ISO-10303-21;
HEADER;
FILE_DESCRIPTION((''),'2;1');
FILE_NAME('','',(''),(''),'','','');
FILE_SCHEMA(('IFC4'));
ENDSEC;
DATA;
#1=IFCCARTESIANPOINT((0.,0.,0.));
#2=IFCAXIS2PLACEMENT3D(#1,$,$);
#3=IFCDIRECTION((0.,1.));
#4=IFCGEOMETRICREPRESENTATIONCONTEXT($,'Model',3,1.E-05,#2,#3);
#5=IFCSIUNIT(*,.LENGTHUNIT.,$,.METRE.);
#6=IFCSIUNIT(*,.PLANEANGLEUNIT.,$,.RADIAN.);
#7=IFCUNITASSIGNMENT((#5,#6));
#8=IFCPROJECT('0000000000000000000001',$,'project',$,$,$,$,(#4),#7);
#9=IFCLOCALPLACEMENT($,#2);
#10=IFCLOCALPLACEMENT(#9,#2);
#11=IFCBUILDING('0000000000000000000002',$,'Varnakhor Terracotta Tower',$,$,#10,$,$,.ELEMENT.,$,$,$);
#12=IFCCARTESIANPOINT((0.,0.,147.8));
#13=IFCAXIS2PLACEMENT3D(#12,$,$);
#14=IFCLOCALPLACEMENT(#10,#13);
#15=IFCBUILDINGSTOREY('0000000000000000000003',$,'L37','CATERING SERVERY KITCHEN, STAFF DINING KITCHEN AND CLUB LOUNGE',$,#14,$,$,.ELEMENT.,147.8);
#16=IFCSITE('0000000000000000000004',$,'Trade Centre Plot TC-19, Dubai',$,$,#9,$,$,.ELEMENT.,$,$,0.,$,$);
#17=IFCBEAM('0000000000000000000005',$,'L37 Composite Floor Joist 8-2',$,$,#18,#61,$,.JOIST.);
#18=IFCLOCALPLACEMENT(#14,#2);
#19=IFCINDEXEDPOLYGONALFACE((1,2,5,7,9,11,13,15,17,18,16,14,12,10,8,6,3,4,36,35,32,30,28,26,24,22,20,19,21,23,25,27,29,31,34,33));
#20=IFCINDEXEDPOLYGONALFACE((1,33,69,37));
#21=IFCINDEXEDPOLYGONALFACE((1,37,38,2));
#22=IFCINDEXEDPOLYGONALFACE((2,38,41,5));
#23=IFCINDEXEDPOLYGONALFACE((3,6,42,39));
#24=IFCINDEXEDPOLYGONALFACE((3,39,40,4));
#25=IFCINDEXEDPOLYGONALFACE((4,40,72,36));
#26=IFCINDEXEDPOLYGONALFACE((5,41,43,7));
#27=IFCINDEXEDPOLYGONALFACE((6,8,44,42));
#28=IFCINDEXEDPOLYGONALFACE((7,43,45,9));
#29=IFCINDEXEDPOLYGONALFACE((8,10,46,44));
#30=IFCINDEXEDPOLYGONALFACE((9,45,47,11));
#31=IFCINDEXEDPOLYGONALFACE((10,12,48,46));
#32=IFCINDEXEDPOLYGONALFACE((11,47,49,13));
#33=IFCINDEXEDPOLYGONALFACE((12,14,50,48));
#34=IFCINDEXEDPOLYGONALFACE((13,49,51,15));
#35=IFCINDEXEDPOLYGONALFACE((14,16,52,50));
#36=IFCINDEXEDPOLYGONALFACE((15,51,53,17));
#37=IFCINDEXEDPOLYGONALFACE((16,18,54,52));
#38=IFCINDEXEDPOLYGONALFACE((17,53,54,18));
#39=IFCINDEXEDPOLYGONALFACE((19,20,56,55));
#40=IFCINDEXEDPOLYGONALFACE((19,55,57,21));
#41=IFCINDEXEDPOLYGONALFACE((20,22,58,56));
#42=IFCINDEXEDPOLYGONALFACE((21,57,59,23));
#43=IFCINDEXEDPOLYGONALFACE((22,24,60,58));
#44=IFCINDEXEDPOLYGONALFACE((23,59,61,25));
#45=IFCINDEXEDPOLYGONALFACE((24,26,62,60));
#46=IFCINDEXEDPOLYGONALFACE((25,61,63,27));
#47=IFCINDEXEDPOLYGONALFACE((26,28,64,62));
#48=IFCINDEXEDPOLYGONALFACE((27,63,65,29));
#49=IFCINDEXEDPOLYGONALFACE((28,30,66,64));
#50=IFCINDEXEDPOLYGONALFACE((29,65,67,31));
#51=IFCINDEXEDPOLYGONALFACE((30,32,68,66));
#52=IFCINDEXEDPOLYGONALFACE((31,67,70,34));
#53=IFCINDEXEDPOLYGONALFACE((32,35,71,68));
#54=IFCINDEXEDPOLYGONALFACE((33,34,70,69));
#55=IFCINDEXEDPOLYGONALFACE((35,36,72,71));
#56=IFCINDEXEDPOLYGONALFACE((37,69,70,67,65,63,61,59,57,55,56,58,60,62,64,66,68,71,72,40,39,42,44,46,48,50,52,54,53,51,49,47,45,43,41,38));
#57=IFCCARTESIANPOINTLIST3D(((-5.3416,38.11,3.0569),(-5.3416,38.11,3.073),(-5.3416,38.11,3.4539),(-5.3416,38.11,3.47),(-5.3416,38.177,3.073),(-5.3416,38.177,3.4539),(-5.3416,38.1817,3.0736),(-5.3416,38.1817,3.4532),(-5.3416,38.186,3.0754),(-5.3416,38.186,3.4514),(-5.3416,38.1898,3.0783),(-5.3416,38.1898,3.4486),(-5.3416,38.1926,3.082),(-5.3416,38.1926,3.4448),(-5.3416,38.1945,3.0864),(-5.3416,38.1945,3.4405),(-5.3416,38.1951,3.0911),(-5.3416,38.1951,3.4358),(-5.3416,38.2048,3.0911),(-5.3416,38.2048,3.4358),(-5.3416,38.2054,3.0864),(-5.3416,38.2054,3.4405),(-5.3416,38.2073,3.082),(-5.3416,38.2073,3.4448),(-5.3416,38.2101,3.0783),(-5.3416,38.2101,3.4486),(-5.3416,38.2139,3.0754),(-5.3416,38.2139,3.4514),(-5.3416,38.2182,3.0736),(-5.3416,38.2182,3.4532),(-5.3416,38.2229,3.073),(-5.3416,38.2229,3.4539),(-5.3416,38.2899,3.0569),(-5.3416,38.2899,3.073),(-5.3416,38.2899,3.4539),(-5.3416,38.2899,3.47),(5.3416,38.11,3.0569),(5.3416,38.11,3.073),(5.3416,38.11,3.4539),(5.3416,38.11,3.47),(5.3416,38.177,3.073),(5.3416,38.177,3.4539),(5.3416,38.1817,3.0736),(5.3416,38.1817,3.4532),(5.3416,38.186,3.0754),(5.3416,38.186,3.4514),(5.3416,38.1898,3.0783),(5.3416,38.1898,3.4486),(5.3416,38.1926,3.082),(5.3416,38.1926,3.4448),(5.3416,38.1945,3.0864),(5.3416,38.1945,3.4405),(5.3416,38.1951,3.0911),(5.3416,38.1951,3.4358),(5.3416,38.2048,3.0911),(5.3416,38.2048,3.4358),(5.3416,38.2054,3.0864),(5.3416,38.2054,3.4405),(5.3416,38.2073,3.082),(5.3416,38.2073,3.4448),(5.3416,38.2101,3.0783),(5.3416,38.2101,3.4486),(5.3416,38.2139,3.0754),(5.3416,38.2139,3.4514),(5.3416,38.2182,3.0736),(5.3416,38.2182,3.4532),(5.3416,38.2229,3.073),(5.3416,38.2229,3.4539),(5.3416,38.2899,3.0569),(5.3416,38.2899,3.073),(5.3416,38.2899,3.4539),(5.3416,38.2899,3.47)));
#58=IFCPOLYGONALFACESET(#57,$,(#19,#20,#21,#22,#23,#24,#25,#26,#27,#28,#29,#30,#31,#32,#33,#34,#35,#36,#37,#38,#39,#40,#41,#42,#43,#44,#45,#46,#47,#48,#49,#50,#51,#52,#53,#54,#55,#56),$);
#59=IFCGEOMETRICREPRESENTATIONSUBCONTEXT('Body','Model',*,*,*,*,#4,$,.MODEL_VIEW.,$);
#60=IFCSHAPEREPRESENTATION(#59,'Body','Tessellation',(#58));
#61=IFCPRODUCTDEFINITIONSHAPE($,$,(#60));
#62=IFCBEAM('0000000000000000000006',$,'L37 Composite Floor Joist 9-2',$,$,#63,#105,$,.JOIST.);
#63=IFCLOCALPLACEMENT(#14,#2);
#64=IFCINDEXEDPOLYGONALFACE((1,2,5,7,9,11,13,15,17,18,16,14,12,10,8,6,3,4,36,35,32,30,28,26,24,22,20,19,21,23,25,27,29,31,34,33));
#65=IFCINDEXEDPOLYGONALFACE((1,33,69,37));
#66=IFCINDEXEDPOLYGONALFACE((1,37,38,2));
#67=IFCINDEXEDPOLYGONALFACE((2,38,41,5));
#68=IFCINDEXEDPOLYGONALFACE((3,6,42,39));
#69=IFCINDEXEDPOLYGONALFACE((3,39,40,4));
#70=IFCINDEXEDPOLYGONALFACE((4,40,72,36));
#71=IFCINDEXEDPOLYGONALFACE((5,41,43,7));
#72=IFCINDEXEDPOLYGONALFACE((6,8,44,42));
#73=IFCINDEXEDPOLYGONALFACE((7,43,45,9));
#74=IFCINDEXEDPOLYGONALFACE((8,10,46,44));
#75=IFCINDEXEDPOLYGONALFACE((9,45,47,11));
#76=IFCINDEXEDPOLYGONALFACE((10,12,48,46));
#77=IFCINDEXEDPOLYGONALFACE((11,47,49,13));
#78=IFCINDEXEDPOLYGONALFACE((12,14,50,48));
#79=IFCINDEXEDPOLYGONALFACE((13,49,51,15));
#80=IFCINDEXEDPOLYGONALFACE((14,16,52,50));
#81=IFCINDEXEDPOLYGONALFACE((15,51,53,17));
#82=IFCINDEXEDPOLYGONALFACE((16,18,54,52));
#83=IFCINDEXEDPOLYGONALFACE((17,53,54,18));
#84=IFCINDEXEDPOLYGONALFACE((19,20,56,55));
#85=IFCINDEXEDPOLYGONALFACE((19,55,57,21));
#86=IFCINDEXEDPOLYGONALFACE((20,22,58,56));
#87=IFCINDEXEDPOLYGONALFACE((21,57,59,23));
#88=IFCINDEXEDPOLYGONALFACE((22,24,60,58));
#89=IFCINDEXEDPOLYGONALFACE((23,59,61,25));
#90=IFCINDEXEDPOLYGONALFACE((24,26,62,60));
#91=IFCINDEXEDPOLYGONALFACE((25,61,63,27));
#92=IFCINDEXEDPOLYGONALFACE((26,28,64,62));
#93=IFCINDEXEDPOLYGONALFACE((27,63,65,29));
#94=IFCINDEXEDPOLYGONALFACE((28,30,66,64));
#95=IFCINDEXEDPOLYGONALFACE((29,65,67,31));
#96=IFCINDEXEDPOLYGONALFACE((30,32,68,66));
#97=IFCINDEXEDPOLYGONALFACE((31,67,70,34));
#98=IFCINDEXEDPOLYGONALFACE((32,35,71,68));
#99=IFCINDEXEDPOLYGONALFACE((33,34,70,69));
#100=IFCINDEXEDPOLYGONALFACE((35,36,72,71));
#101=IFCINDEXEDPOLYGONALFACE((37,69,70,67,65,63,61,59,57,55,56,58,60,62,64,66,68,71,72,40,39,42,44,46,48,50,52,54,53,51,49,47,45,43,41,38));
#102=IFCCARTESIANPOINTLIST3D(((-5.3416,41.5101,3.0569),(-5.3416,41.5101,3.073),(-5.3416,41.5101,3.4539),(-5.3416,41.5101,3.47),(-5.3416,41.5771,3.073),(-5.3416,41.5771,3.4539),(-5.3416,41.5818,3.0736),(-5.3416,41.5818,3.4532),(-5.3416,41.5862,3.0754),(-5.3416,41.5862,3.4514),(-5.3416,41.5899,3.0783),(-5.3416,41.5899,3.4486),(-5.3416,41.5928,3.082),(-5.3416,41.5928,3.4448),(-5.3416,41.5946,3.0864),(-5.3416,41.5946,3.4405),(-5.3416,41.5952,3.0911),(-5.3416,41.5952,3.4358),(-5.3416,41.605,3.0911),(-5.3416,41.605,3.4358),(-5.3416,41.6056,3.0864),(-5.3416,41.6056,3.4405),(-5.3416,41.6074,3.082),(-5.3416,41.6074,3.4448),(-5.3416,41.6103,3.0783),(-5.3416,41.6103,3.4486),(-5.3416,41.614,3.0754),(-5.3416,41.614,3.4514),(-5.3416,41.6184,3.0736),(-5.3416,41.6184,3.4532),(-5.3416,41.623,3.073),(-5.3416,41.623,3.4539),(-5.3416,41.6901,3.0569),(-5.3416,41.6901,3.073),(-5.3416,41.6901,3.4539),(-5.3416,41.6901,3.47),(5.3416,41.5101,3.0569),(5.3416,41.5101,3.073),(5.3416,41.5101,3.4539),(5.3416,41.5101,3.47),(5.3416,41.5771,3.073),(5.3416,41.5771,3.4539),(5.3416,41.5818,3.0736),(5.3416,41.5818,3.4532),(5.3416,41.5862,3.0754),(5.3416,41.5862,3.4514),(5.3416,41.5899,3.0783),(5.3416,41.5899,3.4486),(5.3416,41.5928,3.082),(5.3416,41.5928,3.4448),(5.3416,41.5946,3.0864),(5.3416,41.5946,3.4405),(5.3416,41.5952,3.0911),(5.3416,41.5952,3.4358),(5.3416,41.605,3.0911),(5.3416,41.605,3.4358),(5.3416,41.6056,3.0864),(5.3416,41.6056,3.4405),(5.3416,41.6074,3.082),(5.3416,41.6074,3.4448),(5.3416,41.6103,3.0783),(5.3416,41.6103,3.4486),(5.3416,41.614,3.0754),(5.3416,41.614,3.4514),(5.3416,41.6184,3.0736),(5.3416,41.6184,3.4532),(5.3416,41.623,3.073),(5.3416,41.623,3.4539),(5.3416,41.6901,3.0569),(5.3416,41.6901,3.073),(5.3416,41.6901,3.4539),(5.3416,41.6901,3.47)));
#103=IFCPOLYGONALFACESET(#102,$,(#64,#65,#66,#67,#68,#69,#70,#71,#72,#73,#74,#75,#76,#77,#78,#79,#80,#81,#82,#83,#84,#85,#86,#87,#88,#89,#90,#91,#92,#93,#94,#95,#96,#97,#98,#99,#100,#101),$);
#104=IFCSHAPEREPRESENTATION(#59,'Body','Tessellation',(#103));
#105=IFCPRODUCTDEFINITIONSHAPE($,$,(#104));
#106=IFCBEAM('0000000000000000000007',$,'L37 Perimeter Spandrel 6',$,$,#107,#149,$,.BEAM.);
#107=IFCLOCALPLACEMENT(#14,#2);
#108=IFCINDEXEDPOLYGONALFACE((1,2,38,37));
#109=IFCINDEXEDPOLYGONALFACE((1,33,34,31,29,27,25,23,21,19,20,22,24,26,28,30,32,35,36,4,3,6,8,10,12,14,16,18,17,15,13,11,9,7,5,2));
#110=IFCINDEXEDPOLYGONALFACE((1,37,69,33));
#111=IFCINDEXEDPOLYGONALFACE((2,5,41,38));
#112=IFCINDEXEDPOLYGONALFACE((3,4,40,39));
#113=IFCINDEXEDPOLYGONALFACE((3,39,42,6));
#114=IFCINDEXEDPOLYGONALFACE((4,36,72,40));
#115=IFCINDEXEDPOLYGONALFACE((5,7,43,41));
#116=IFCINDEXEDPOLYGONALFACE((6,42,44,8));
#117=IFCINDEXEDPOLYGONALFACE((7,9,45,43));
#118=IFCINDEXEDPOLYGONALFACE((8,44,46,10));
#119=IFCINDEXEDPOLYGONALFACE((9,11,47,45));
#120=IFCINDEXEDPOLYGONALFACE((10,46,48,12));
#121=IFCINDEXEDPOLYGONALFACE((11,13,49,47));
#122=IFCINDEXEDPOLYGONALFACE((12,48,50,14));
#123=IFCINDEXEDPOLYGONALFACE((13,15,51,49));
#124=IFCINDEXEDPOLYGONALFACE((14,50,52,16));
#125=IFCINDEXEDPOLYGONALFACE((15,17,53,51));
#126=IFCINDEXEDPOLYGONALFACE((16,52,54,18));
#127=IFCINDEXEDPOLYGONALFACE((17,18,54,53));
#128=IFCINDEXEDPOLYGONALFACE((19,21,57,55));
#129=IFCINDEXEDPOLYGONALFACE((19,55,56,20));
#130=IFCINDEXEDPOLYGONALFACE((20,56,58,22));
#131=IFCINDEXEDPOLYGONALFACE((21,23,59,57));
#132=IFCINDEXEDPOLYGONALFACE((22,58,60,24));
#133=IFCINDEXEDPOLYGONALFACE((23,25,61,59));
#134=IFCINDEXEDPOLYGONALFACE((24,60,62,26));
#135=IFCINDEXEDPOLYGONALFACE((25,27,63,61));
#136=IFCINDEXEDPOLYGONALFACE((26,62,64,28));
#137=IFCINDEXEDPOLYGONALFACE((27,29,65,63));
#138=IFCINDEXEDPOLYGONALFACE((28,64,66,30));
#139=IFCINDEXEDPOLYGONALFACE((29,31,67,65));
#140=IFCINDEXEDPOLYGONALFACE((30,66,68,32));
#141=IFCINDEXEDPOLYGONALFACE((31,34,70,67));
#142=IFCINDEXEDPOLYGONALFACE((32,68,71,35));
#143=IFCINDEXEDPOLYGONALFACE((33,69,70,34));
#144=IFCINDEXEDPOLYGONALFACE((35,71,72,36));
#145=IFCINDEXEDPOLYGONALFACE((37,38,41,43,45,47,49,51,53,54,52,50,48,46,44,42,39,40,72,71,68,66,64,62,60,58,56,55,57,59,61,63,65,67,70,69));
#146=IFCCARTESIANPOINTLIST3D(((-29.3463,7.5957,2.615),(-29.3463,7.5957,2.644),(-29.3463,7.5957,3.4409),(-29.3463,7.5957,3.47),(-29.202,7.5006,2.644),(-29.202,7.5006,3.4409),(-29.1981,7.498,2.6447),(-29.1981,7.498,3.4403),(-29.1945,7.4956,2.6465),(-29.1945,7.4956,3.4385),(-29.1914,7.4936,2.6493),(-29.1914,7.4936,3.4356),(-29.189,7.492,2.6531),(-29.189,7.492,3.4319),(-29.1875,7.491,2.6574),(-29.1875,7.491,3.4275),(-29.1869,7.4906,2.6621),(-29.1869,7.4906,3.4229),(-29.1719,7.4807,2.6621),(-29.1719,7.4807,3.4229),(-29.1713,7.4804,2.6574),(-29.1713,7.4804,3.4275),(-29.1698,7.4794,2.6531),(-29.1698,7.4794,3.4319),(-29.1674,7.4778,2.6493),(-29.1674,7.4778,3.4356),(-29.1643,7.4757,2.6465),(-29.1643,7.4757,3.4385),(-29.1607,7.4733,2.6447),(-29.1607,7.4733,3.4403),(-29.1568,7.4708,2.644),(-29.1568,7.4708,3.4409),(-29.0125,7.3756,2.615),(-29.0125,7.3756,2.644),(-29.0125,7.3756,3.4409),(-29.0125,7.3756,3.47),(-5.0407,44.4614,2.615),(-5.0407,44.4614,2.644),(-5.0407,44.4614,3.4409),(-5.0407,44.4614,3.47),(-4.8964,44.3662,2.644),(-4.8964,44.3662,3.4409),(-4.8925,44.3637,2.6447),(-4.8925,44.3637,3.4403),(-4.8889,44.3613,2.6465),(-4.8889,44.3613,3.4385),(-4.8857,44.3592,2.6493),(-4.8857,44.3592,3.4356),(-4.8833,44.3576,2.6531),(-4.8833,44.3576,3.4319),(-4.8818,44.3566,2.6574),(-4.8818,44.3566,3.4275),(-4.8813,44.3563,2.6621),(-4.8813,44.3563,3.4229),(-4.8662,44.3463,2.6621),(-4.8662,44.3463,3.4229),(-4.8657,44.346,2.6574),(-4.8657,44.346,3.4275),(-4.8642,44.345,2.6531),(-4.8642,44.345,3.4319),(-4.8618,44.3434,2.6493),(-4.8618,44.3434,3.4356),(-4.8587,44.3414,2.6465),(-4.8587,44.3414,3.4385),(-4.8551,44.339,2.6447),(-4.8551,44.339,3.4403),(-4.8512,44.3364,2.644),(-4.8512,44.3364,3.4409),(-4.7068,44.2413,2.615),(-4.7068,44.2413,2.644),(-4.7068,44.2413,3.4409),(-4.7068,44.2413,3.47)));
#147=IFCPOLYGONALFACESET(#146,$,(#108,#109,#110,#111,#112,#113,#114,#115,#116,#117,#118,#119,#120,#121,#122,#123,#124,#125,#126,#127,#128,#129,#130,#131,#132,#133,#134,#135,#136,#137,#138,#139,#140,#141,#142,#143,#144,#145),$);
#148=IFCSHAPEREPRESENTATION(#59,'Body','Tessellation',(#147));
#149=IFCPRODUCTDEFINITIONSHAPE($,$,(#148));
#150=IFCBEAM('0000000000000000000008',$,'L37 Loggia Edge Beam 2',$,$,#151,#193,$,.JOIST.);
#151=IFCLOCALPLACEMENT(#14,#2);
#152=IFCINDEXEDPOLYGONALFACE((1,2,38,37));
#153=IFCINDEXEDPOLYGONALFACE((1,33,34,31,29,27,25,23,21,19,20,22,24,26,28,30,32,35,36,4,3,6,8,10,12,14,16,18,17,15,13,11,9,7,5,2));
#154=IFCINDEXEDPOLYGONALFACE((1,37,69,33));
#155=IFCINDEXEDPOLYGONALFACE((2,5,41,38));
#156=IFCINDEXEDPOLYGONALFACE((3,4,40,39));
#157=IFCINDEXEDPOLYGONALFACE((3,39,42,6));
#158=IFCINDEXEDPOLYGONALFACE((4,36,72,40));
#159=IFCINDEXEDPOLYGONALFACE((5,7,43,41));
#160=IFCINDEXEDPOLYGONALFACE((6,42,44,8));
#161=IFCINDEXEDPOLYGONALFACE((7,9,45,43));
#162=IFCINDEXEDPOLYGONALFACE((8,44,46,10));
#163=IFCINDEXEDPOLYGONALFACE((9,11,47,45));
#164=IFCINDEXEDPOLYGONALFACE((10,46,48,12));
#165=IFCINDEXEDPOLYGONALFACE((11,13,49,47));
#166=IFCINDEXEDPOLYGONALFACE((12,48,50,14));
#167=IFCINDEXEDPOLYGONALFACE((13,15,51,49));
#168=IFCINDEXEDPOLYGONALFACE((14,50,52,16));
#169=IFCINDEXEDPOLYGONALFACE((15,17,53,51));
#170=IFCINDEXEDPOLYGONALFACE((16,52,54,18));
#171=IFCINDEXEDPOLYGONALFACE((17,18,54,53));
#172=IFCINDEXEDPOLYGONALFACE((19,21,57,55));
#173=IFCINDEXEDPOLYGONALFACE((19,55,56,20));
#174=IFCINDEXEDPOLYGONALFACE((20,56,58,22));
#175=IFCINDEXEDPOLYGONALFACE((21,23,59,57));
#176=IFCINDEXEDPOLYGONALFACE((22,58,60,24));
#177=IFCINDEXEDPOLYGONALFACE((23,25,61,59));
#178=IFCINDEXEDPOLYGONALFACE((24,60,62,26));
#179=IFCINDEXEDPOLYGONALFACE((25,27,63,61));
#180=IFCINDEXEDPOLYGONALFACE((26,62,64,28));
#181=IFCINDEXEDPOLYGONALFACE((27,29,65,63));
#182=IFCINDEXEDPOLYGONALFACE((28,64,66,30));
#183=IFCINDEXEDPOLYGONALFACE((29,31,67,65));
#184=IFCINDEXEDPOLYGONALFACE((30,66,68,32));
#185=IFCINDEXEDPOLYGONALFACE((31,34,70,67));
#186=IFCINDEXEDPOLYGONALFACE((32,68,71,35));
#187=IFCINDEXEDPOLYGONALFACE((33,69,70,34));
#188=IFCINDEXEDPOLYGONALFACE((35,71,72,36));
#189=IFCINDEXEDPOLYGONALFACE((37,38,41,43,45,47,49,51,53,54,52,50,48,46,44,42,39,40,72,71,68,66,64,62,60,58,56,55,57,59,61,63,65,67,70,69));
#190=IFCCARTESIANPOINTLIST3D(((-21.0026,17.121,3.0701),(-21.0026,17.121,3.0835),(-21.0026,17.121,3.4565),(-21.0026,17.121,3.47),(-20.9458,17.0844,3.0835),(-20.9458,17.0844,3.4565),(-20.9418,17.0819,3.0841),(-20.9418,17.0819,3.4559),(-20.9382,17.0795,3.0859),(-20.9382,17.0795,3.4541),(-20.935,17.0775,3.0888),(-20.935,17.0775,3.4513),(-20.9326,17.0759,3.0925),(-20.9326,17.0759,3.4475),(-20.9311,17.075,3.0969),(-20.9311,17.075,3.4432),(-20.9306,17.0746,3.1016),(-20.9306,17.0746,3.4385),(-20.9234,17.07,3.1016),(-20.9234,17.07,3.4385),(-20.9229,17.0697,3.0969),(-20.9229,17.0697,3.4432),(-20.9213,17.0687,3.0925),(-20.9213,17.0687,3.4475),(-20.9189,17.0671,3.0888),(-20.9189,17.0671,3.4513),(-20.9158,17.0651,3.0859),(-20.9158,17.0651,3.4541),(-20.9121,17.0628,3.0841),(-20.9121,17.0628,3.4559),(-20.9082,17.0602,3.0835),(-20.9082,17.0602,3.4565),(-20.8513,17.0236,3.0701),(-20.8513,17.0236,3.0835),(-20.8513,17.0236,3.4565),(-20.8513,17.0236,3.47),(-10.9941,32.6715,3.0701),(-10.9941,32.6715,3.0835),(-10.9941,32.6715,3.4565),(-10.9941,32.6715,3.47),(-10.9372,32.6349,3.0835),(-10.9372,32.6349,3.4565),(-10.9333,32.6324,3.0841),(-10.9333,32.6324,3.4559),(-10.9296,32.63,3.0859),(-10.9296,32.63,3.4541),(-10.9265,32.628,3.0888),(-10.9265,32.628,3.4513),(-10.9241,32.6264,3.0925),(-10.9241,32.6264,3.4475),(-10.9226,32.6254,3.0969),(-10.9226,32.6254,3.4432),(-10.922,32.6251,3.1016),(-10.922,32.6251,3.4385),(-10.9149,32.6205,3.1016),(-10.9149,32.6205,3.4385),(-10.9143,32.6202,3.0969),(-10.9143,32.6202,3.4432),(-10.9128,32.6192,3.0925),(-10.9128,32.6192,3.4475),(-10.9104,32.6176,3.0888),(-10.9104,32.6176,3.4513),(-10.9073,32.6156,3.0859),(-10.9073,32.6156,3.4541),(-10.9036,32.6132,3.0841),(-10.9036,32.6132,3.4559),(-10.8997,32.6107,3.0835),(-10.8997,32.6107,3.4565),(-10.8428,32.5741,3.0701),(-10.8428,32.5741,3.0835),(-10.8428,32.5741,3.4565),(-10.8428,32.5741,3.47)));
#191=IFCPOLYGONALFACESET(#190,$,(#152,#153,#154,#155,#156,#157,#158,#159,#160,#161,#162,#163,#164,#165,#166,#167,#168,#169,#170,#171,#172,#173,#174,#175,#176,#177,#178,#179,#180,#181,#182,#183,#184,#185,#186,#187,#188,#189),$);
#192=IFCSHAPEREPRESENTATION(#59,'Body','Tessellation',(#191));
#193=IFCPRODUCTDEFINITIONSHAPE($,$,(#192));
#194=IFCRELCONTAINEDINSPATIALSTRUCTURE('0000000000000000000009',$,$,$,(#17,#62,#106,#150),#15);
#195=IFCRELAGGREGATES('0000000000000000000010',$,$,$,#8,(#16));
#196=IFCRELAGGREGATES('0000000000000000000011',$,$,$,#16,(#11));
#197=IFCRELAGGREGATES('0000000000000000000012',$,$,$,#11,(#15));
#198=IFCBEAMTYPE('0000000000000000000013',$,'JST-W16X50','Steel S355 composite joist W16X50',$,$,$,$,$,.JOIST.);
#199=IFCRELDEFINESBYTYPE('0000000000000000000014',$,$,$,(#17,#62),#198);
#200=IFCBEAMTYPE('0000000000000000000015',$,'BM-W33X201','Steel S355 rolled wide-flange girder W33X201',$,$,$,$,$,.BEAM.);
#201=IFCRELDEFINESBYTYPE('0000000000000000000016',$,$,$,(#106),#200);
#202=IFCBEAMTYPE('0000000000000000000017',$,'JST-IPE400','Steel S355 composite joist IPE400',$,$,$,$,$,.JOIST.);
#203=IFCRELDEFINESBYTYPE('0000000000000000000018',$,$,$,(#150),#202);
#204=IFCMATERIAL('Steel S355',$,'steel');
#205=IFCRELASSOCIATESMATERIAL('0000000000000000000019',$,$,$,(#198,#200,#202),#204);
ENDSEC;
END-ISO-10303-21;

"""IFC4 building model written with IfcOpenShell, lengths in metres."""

from ifc_helpers import new_model, si_unit, direction, frame, origin, origin_2d, place, context, subcontext, project, spatial, i_section, extrude, source, transform, mapped, material, material_profile, profile_set, type_object, element, save


model = new_model("IFC4")

# Units and contexts
model_context = context("Model", 3, precision=1e-05, world=origin(), true_north=direction((0.0, 1.0)))
body_context = subcontext(model_context, "Body", "Model", "MODEL_VIEW")
ifc_project = project(units=[si_unit("LENGTHUNIT", "METRE"), si_unit("PLANEANGLEUNIT", "RADIAN")], contexts=[model_context])

# Site, building, storey
site_placement = place(None, origin())
site = spatial("IfcSite", under=ifc_project, at=site_placement, Name="Trade Centre Plot TC-19, Dubai", CompositionType="ELEMENT", RefElevation=0.0)
building_placement = place(site_placement, origin())
building = spatial("IfcBuilding", under=site, at=building_placement, Name="Varnakhor Terracotta Tower", CompositionType="ELEMENT")
storey_placement = place(building_placement, frame((0.0, 0.0, 147.8)))
storey = spatial("IfcBuildingStorey", under=building, at=storey_placement, Name="L37", Description="CATERING SERVERY KITCHEN, STAFF DINING KITCHEN AND CLUB LOUNGE", CompositionType="ELEMENT", Elevation=147.8)

# Beams
ifc_material_1 = material(Name="Steel S355", Category="steel")
ifc_material_profile_1 = material_profile(ifc_material_1, i_section(OverallWidth=0.1799, OverallDepth=0.4131, WebThickness=0.0098, FlangeThickness=0.0161, FilletRadius=0.0181, at=origin_2d()), Name="W16X50")
ifc_profile_set_1 = profile_set([ifc_material_profile_1], Name="Steel S355")
beam_type_1 = type_object("IfcBeamType", Name="JST-W16X50", Description="Steel S355 composite joist W16X50", PredefinedType="JOIST", material=ifc_profile_set_1)
shared_shape_1 = source(origin(), body_context, "Body", "SweptSolid", [
    extrude(i_section(OverallWidth=0.1799, OverallDepth=0.4131, WebThickness=0.0098, FlangeThickness=0.0161, FilletRadius=0.0181, at=origin_2d()), origin(), (0.0, 0.0, 1.0), 10.6831),
])
for number, where, z_axis, x_axis, name in (
    (1, (-5.3416, 38.2, 3.2634), (1.0, 0.0, 0.0), (0.0, 1.0, 0.0), "L37 Composite Floor Joist 8-2"),
    (2, (-5.3416, 41.6001, 3.2634), (1.0, 0.0, 0.0), (0.0, 1.0, 0.0), "L37 Composite Floor Joist 9-2"),
):
    element("IfcBeam", number, at=place(storey_placement, frame(where, z_axis=z_axis, x_axis=x_axis)), inside=storey, type_object=beam_type_1, Name=name, PredefinedType="JOIST", context=body_context, shape_type="MappedRepresentation", body=[
        mapped(shared_shape_1, transform((0.0, 0.0, 0.0), scale=1.0)),
    ])
ifc_material_profile_2 = material_profile(ifc_material_1, i_section(OverallWidth=0.3999, OverallDepth=0.855, WebThickness=0.0181, FlangeThickness=0.0291, FilletRadius=0.0181, at=origin_2d()), Name="W33X201")
ifc_profile_set_2 = profile_set([ifc_material_profile_2], Name="Steel S355")
beam_type_2 = type_object("IfcBeamType", Name="BM-W33X201", Description="Steel S355 rolled wide-flange girder W33X201", PredefinedType="BEAM", material=ifc_profile_set_2)
shared_shape_2 = source(origin(), body_context, "Body", "SweptSolid", [
    extrude(i_section(OverallWidth=0.3999, OverallDepth=0.855, WebThickness=0.0181, FlangeThickness=0.0291, FilletRadius=0.0181, at=origin_2d()), origin(), (0.0, 0.0, 1.0), 44.157),
])
beam_1_placement = place(storey_placement, frame((-4.8738, 44.3513, 3.0425), z_axis=(-0.550437, -0.834877, 0.0), x_axis=(0.834877, -0.550437, 0.0)))
element("IfcBeam", 3, at=beam_1_placement, inside=storey, type_object=beam_type_2, Name="L37 Perimeter Spandrel 6", PredefinedType="BEAM", context=body_context, shape_type="MappedRepresentation", body=[
    mapped(shared_shape_2, transform((0.0, 0.0, 0.0), scale=1.0)),
])
ifc_material_profile_3 = material_profile(ifc_material_1, i_section(OverallWidth=0.1799, OverallDepth=0.3999, WebThickness=0.0085, FlangeThickness=0.0134, FilletRadius=0.0181, at=origin_2d()), Name="IPE400")
ifc_profile_set_3 = profile_set([ifc_material_profile_3], Name="Steel S355")
beam_type_3 = type_object("IfcBeamType", Name="JST-IPE400", Description="Steel S355 composite joist IPE400", PredefinedType="JOIST", material=ifc_profile_set_3)
shared_shape_3 = source(origin(), body_context, "Body", "SweptSolid", [
    extrude(i_section(OverallWidth=0.1799, OverallDepth=0.3999, WebThickness=0.0085, FlangeThickness=0.0134, FilletRadius=0.0181, at=origin_2d()), origin(), (0.0, 0.0, 1.0), 18.4929),
])
beam_2_placement = place(storey_placement, frame((-10.9185, 32.6228, 3.27), z_axis=(-0.541208, -0.840889, 0.0), x_axis=(0.840889, -0.541208, 0.0)))
element("IfcBeam", 4, at=beam_2_placement, inside=storey, type_object=beam_type_3, Name="L37 Loggia Edge Beam 2", PredefinedType="JOIST", context=body_context, shape_type="MappedRepresentation", body=[
    mapped(shared_shape_3, transform((0.0, 0.0, 0.0), scale=1.0)),
])

save(model, "model.ifc")
